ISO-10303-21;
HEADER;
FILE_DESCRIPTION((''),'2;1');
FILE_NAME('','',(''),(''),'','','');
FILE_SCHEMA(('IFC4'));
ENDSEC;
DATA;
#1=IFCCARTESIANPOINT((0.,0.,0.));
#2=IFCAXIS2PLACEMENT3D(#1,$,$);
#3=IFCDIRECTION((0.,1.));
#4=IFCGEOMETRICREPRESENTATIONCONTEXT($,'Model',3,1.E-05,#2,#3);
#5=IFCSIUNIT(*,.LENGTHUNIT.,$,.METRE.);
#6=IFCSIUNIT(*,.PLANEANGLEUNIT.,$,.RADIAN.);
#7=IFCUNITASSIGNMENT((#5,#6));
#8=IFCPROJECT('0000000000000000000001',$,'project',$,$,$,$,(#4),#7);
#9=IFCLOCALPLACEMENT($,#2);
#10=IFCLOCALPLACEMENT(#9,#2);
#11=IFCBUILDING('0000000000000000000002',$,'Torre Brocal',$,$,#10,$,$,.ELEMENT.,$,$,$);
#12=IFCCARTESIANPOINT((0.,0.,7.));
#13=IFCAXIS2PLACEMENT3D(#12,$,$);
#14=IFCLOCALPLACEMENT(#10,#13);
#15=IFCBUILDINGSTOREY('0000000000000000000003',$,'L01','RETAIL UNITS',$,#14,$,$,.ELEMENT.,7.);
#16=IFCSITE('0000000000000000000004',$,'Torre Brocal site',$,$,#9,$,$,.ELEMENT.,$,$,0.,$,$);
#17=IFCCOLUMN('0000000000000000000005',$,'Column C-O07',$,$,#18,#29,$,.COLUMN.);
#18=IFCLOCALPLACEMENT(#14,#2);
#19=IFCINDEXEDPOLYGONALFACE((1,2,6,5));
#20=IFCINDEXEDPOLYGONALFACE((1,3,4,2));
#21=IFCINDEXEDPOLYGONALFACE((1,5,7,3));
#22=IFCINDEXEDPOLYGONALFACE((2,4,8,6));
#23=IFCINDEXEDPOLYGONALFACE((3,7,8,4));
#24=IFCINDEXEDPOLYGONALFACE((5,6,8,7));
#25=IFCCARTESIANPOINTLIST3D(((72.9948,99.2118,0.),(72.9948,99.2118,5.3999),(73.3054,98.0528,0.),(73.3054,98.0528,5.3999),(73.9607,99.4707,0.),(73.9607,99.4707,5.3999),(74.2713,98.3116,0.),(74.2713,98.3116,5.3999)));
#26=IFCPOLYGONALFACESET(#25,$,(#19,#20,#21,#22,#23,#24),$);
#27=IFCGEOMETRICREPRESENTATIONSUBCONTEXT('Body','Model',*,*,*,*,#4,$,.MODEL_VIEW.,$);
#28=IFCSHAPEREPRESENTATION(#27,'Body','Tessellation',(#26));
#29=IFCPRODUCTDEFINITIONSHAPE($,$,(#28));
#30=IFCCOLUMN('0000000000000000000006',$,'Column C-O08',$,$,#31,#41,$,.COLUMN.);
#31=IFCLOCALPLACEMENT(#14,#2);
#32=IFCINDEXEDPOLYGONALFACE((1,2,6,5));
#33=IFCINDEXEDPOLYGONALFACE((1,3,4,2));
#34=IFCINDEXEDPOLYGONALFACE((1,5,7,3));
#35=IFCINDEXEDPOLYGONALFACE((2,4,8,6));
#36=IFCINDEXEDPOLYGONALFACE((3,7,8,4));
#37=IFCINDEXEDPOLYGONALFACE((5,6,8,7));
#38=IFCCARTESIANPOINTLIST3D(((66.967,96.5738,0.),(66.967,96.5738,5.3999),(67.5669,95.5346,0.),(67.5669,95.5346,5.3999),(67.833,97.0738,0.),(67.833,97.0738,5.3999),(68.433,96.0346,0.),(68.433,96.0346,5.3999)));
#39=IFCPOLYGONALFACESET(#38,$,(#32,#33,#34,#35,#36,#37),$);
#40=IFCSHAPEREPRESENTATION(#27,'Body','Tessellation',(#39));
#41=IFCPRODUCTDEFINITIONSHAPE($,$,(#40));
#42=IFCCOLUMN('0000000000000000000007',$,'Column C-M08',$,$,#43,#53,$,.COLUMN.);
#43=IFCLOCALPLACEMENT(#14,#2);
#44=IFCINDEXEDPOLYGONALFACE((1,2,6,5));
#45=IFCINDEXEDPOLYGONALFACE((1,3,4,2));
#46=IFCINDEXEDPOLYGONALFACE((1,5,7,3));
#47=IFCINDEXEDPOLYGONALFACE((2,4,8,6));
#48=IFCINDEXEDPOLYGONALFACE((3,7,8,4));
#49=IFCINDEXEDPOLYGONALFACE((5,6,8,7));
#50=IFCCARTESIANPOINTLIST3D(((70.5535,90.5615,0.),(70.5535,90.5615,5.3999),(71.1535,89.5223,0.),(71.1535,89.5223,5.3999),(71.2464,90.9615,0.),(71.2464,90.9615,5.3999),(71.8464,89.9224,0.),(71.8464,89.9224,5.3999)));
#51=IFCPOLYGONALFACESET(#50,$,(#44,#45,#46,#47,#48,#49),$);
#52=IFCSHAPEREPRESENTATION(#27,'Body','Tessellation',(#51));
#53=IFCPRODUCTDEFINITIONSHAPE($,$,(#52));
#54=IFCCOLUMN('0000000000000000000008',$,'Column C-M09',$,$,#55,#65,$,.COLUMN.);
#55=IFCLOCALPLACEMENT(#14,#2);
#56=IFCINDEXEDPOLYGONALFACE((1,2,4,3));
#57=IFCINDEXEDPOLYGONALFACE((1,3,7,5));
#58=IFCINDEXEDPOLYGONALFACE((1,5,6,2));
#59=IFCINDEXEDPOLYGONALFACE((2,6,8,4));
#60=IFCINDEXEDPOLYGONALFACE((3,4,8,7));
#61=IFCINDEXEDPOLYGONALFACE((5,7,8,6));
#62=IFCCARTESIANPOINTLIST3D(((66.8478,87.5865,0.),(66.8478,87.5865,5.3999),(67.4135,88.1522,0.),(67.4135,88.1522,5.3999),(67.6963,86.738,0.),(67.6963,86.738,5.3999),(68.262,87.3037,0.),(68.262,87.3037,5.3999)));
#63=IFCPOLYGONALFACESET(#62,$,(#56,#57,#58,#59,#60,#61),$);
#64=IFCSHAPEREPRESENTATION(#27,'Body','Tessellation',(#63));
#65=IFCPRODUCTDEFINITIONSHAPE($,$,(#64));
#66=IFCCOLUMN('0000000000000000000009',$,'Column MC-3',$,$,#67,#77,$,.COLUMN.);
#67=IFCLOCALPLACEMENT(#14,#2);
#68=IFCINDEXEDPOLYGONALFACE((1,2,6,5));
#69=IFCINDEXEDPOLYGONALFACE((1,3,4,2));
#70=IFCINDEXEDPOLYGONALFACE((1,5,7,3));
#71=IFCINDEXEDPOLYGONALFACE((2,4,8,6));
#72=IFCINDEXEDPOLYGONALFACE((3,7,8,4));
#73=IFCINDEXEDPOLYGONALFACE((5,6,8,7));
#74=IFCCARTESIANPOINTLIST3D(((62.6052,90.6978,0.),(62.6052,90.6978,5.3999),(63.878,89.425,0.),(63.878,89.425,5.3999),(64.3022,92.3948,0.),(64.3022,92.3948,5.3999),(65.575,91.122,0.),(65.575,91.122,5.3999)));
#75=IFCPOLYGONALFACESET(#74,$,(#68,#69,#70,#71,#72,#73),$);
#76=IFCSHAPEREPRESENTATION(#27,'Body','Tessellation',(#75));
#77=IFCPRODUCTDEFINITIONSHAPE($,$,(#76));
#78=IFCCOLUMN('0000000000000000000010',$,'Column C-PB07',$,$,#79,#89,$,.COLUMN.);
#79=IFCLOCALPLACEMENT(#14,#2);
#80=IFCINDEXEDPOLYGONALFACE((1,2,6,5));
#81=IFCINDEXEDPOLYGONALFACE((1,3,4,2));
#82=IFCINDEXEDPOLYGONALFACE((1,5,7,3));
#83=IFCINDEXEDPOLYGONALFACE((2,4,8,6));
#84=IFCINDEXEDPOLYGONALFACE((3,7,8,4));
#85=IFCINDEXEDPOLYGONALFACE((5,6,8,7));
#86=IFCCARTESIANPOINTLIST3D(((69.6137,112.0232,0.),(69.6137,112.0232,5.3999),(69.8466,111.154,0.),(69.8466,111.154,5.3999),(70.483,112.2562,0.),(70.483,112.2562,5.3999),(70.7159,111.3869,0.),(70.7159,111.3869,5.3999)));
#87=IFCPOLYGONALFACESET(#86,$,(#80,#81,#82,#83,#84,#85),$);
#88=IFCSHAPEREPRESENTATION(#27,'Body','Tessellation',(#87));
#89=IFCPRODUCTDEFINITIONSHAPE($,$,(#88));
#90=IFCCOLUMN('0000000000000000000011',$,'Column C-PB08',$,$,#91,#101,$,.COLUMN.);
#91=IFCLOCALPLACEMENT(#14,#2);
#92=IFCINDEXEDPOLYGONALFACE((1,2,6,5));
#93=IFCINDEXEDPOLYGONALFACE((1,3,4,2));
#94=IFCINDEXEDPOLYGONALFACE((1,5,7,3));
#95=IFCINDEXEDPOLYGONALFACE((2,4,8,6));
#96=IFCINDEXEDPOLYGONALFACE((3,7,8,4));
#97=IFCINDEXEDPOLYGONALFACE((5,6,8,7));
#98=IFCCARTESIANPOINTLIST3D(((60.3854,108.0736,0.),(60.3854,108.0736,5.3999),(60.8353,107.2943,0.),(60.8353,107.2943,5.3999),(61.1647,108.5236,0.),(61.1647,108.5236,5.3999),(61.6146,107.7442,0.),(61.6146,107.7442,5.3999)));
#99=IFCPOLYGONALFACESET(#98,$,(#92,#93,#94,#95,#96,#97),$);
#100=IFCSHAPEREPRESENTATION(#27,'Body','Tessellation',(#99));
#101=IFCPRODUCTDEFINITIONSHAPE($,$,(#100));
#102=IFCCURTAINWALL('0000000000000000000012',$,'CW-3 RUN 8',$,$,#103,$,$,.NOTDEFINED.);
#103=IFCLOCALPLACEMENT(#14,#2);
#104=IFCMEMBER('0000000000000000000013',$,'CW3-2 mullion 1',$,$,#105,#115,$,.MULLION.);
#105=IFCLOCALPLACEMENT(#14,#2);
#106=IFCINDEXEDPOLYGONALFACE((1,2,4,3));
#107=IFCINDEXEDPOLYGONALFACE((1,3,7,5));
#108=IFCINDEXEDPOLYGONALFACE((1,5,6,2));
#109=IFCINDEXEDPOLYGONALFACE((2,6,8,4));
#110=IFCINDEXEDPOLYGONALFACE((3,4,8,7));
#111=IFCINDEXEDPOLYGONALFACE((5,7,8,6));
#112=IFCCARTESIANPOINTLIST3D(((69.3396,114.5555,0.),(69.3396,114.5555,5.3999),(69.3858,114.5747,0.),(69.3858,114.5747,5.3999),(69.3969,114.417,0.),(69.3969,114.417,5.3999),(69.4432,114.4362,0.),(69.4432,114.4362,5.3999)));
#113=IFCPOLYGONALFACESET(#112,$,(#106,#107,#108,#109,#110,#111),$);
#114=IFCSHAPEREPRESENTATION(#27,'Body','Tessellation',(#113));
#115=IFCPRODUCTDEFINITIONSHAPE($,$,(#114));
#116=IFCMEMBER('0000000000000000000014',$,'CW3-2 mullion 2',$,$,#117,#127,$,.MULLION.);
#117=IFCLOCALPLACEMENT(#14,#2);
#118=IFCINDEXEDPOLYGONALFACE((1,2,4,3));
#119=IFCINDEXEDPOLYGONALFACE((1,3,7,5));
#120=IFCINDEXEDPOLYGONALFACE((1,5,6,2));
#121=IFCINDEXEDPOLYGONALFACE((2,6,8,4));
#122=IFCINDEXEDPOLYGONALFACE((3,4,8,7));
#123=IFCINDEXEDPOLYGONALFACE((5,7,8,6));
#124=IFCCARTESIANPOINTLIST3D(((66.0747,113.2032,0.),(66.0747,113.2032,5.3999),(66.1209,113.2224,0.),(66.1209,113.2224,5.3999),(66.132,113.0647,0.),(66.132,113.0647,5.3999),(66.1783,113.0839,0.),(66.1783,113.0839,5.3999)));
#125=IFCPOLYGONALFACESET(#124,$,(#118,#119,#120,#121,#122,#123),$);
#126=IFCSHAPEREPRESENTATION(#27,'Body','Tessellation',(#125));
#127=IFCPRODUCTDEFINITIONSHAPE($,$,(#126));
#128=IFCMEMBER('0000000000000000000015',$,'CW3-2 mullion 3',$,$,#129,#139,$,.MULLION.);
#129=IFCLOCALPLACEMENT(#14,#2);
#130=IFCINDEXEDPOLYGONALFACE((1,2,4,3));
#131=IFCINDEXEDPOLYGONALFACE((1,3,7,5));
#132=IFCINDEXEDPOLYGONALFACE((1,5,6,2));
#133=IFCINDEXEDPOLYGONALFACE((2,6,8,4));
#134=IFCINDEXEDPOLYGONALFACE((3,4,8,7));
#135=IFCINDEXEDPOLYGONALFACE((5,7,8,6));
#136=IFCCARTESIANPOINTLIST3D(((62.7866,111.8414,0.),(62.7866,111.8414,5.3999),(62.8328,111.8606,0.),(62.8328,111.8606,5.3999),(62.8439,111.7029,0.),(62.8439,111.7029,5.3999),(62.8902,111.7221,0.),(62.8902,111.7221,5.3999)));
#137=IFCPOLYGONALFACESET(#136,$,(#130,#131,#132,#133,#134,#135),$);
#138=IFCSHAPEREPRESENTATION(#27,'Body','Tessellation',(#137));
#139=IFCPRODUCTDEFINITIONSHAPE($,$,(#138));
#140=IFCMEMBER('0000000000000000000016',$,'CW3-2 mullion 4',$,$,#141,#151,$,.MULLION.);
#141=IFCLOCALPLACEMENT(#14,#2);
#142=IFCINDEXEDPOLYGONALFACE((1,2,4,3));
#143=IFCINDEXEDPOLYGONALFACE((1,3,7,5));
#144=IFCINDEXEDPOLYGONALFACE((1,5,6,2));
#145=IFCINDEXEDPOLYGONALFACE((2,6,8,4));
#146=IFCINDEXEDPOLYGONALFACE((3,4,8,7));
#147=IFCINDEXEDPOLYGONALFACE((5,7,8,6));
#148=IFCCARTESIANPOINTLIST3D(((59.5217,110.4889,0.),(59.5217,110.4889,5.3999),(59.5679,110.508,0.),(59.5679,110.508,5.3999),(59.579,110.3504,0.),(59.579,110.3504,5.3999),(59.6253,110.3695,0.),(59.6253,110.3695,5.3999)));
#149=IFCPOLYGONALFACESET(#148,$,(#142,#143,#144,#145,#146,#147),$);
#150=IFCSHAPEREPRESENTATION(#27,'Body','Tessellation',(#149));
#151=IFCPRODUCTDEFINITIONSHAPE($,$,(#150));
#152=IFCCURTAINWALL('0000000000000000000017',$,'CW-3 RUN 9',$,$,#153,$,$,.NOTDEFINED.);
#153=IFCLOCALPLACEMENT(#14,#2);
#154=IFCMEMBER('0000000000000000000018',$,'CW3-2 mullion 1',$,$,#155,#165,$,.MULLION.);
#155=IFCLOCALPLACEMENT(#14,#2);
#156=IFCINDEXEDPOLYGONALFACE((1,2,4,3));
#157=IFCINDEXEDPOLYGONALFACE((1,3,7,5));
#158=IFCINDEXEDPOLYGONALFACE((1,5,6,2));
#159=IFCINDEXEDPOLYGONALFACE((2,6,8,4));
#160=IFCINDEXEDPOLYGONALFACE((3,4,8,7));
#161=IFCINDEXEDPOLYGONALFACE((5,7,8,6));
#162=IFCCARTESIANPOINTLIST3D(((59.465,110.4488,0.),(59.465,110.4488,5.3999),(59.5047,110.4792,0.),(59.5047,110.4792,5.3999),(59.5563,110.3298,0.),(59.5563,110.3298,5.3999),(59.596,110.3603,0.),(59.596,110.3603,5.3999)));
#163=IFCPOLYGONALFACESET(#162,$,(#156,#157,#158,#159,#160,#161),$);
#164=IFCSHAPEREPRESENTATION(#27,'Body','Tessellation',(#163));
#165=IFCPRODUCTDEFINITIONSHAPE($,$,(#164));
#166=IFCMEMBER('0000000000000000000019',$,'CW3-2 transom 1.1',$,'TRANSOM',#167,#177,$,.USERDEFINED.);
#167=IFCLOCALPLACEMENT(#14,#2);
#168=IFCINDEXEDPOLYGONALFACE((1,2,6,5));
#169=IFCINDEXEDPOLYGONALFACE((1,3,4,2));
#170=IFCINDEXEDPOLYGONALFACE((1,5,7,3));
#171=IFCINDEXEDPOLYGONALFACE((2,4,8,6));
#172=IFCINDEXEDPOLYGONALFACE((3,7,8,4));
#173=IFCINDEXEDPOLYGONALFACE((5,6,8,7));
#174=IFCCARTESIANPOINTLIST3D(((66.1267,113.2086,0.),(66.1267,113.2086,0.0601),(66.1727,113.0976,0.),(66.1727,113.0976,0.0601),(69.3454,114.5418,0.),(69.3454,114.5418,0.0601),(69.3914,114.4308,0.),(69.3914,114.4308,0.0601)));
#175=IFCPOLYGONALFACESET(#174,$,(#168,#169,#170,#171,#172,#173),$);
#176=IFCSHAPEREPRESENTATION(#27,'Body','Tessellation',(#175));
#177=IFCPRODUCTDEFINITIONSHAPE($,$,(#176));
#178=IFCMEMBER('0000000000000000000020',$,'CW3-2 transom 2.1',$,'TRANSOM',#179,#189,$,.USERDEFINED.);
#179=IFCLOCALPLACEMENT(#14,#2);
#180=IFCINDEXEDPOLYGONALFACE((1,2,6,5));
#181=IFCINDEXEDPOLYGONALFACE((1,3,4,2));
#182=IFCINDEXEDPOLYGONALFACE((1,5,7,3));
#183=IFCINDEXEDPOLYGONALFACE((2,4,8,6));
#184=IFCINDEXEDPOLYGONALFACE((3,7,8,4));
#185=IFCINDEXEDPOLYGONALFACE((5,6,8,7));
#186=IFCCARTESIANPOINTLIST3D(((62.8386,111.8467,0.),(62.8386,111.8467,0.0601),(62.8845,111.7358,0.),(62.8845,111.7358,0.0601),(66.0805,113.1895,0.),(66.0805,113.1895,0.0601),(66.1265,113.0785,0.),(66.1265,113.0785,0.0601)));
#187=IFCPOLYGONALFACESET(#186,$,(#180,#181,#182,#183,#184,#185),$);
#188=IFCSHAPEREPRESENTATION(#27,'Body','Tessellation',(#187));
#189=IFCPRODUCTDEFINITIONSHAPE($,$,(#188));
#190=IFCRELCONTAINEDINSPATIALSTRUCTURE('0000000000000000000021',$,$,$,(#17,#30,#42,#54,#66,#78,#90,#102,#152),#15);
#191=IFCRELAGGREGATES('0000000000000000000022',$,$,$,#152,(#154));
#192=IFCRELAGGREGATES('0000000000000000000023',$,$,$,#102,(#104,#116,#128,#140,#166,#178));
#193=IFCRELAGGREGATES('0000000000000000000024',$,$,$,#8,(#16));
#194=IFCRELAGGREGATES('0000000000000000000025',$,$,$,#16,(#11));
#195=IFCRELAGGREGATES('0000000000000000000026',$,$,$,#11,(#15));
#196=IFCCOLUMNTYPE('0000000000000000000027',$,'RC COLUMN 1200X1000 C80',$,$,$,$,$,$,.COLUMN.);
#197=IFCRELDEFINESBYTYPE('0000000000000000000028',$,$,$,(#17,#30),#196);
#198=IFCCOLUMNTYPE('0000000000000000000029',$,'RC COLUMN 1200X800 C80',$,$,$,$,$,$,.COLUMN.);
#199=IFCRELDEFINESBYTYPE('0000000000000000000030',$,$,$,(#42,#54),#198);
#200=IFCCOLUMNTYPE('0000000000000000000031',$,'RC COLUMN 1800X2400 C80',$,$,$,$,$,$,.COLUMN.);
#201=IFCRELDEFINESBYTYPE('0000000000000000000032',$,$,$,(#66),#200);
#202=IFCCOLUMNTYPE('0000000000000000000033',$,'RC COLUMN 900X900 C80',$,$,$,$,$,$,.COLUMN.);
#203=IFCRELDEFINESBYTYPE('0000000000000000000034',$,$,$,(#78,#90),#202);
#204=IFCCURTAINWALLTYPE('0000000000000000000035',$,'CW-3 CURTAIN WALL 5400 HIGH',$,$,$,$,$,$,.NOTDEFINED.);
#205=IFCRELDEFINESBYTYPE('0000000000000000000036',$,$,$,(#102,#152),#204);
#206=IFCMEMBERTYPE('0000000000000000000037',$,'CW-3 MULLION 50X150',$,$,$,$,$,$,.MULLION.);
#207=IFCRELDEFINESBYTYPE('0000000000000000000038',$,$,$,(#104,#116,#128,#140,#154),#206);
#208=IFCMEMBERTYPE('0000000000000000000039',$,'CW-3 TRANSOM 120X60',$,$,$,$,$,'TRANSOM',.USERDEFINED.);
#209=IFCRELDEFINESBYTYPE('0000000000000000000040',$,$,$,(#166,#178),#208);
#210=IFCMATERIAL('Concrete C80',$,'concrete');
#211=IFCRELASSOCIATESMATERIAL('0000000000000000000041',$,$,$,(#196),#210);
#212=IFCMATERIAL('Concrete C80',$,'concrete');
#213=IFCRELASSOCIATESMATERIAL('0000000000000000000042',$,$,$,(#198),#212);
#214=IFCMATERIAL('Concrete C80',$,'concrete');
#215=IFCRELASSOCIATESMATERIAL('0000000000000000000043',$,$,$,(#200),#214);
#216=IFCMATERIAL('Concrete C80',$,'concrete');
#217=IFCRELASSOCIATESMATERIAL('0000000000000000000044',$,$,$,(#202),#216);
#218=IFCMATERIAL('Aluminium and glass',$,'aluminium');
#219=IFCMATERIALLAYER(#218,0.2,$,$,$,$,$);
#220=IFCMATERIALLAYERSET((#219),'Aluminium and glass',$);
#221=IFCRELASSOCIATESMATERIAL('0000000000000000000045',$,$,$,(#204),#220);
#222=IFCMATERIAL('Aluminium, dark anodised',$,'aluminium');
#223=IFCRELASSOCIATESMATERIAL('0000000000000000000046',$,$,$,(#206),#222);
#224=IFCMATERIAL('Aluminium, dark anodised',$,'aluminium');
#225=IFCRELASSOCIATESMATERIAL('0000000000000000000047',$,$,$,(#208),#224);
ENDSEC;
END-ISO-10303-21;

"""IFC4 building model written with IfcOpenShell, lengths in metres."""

from ifc_helpers import new_model, si_unit, direction, frame, origin, origin_2d, place, context, subcontext, project, spatial, rectangle, extrude, material, layer, layer_set, material_profile, profile_set, type_object, element, aggregate, save


model = new_model("IFC4")

# Units and contexts
model_context = context("Model", 3, precision=1e-05, world=origin(), true_north=direction((0.0, 1.0)))
body_context = subcontext(model_context, "Body", "Model", "MODEL_VIEW")
ifc_project = project(units=[si_unit("LENGTHUNIT", "METRE"), si_unit("PLANEANGLEUNIT", "RADIAN")], contexts=[model_context])

# Site, building, storey
site_placement = place(None, origin())
site = spatial("IfcSite", under=ifc_project, at=site_placement, Name="Torre Brocal site", CompositionType="ELEMENT", RefElevation=0.0)
building_placement = place(site_placement, origin())
building = spatial("IfcBuilding", under=site, at=building_placement, Name="Torre Brocal", CompositionType="ELEMENT")
storey_placement = place(building_placement, frame((0.0, 0.0, 7.0)))
storey = spatial("IfcBuildingStorey", under=building, at=storey_placement, Name="L01", Description="RETAIL UNITS", CompositionType="ELEMENT", Elevation=7.0)

# Columns
ifc_material_1 = material(Name="Concrete C80", Category="concrete")
ifc_material_profile_1 = material_profile(ifc_material_1, rectangle(XDim=1.2, YDim=1.0, at=origin_2d()), Name="RC 1200X1000")
ifc_profile_set_1 = profile_set([ifc_material_profile_1], Name="Concrete C80")
column_type_1 = type_object("IfcColumnType", Name="RC COLUMN 1200X1000 C80", PredefinedType="COLUMN", material=ifc_profile_set_1)
for number, where, z_axis, x_axis, name in (
    (1, (73.6331, 98.7617, 0.0), (0.0, 0.0, 1.0), (-0.258819, 0.965926, 0.0), "Column C-O07"),
    (2, (67.7, 96.3042, 0.0), (0.0, 0.0, 1.0), (-0.5, 0.866025, 0.0), "Column C-O08"),
):
    element("IfcColumn", number, at=place(storey_placement, frame(where, z_axis=z_axis, x_axis=x_axis)), inside=storey, type_object=column_type_1, Name=name, PredefinedType="COLUMN", context=body_context, shape_type="SweptSolid", body=[
        extrude(rectangle(XDim=1.2, YDim=1.0, at=origin_2d()), origin(), (0.0, 0.0, 1.0), 5.3999),
    ])
ifc_material_2 = material(Name="Concrete C80", Category="concrete")
ifc_material_profile_2 = material_profile(ifc_material_2, rectangle(XDim=1.2, YDim=0.8, at=origin_2d()), Name="RC 1200X800")
ifc_profile_set_2 = profile_set([ifc_material_profile_2], Name="Concrete C80")
column_type_2 = type_object("IfcColumnType", Name="RC COLUMN 1200X800 C80", PredefinedType="COLUMN", material=ifc_profile_set_2)
for number, where, z_axis, x_axis, name in (
    (3, (71.2, 90.2419, 0.0), (0.0, 0.0, 1.0), (-0.5, 0.866025, 0.0), "Column C-M08"),
    (4, (67.5549, 87.4451, 0.0), (0.0, 0.0, 1.0), (-0.707107, 0.707107, 0.0), "Column C-M09"),
):
    element("IfcColumn", number, at=place(storey_placement, frame(where, z_axis=z_axis, x_axis=x_axis)), inside=storey, type_object=column_type_2, Name=name, PredefinedType="COLUMN", context=body_context, shape_type="SweptSolid", body=[
        extrude(rectangle(XDim=1.2, YDim=0.8, at=origin_2d()), origin(), (0.0, 0.0, 1.0), 5.3999),
    ])
ifc_material_3 = material(Name="Concrete C80", Category="concrete")
ifc_material_profile_3 = material_profile(ifc_material_3, rectangle(XDim=1.8, YDim=2.3999, at=origin_2d()), Name="RC 1800X2400")
ifc_profile_set_3 = profile_set([ifc_material_profile_3], Name="Concrete C80")
column_type_3 = type_object("IfcColumnType", Name="RC COLUMN 1800X2400 C80", PredefinedType="COLUMN", material=ifc_profile_set_3)
column_placement = place(storey_placement, frame((64.0901, 90.9099, 0.0), z_axis=(0.0, 0.0, 1.0), x_axis=(-0.707107, 0.707107, 0.0)))
element("IfcColumn", 5, at=column_placement, inside=storey, type_object=column_type_3, Name="Column MC-3", PredefinedType="COLUMN", context=body_context, shape_type="SweptSolid", body=[
    extrude(rectangle(XDim=1.8, YDim=2.3999, at=origin_2d()), origin(), (0.0, 0.0, 1.0), 5.3999),
])
ifc_material_4 = material(Name="Concrete C80", Category="concrete")
ifc_material_profile_4 = material_profile(ifc_material_4, rectangle(XDim=0.8999, YDim=0.8999, at=origin_2d()), Name="RC 900X900")
ifc_profile_set_4 = profile_set([ifc_material_profile_4], Name="Concrete C80")
column_type_4 = type_object("IfcColumnType", Name="RC COLUMN 900X900 C80", PredefinedType="COLUMN", material=ifc_profile_set_4)
for number, where, z_axis, x_axis, name in (
    (6, (70.1648, 111.7051, 0.0), (0.0, 0.0, 1.0), (-0.258819, 0.965926, 0.0), "Column C-PB07"),
    (7, (61.0, 107.9089, 0.0), (0.0, 0.0, 1.0), (-0.5, 0.866025, 0.0), "Column C-PB08"),
):
    element("IfcColumn", number, at=place(storey_placement, frame(where, z_axis=z_axis, x_axis=x_axis)), inside=storey, type_object=column_type_4, Name=name, PredefinedType="COLUMN", context=body_context, shape_type="SweptSolid", body=[
        extrude(rectangle(XDim=0.8999, YDim=0.8999, at=origin_2d()), origin(), (0.0, 0.0, 1.0), 5.3999),
    ])

# Curtain wall, members
ifc_material_5 = material(Name="Aluminium and glass", Category="aluminium")
ifc_layer_1 = layer(ifc_material_5, 0.2)
ifc_layer_set_1 = layer_set([ifc_layer_1], Name="Aluminium and glass")
curtain_wall_type = type_object("IfcCurtainWallType", Name="CW-3 CURTAIN WALL 5400 HIGH", PredefinedType="NOTDEFINED", material=ifc_layer_set_1)
curtain_wall_1_placement = place(storey_placement, origin())
curtain_wall_1 = element("IfcCurtainWall", 8, at=curtain_wall_1_placement, inside=storey, type_object=curtain_wall_type, Name="CW-3 RUN 8", PredefinedType="NOTDEFINED")
ifc_material_6 = material(Name="Aluminium, dark anodised", Category="aluminium")
ifc_material_profile_5 = material_profile(ifc_material_6, rectangle(XDim=0.1499, YDim=0.05, at=origin_2d()), Name="CW-3 MULLION 50X150")
ifc_profile_set_5 = profile_set([ifc_material_profile_5], Name="Aluminium, dark anodised")
member_type_1 = type_object("IfcMemberType", Name="CW-3 MULLION 50X150", PredefinedType="MULLION", material=ifc_profile_set_5)
member_1_placement = place(storey_placement, frame((69.3914, 114.4958, 0.0), z_axis=(0.0, 0.0, 1.0), x_axis=(0.382683, -0.92388, 0.0)))
member_1 = element("IfcMember", 9, at=member_1_placement, type_object=member_type_1, Name="CW3-2 mullion 1", PredefinedType="MULLION", context=body_context, shape_type="SweptSolid", body=[
    extrude(rectangle(XDim=0.1499, YDim=0.05, at=origin_2d()), origin(), (0.0, 0.0, 1.0), 5.3999),
])
member_2_placement = place(storey_placement, frame((66.1265, 113.1436, 0.0), z_axis=(0.0, 0.0, 1.0), x_axis=(0.382683, -0.92388, 0.0)))
member_2 = element("IfcMember", 10, at=member_2_placement, type_object=member_type_1, Name="CW3-2 mullion 2", PredefinedType="MULLION", context=body_context, shape_type="SweptSolid", body=[
    extrude(rectangle(XDim=0.1499, YDim=0.05, at=origin_2d()), origin(), (0.0, 0.0, 1.0), 5.3999),
])
member_3_placement = place(storey_placement, frame((62.8384, 111.7817, 0.0), z_axis=(0.0, 0.0, 1.0), x_axis=(0.382683, -0.92388, 0.0)))
member_3 = element("IfcMember", 11, at=member_3_placement, type_object=member_type_1, Name="CW3-2 mullion 3", PredefinedType="MULLION", context=body_context, shape_type="SweptSolid", body=[
    extrude(rectangle(XDim=0.1499, YDim=0.05, at=origin_2d()), origin(), (0.0, 0.0, 1.0), 5.3999),
])
member_4_placement = place(storey_placement, frame((59.5735, 110.4292, 0.0), z_axis=(0.0, 0.0, 1.0), x_axis=(0.382683, -0.92388, 0.0)))
member_4 = element("IfcMember", 12, at=member_4_placement, type_object=member_type_1, Name="CW3-2 mullion 4", PredefinedType="MULLION", context=body_context, shape_type="SweptSolid", body=[
    extrude(rectangle(XDim=0.1499, YDim=0.05, at=origin_2d()), origin(), (0.0, 0.0, 1.0), 5.3999),
])

# Curtain wall, member
curtain_wall_2_placement = place(storey_placement, origin())
curtain_wall_2 = element("IfcCurtainWall", 13, at=curtain_wall_2_placement, inside=storey, type_object=curtain_wall_type, Name="CW-3 RUN 9", PredefinedType="NOTDEFINED")
member_5_placement = place(storey_placement, frame((59.5305, 110.4045, 0.0), z_axis=(0.0, 0.0, 1.0), x_axis=(0.608761, -0.793353, 0.0)))
member_5 = element("IfcMember", 14, at=member_5_placement, type_object=member_type_1, Name="CW3-2 mullion 1", PredefinedType="MULLION", context=body_context, shape_type="SweptSolid", body=[
    extrude(rectangle(XDim=0.1499, YDim=0.05, at=origin_2d()), origin(), (0.0, 0.0, 1.0), 5.3999),
])

# Members
ifc_material_7 = material(Name="Aluminium, dark anodised", Category="aluminium")
ifc_material_profile_6 = material_profile(ifc_material_7, rectangle(XDim=0.1201, YDim=0.0601, at=origin_2d()), Name="CW-3 TRANSOM 120X60")
ifc_profile_set_6 = profile_set([ifc_material_profile_6], Name="Aluminium, dark anodised")
member_type_2 = type_object("IfcMemberType", Name="CW-3 TRANSOM 120X60", ElementType="TRANSOM", PredefinedType="USERDEFINED", material=ifc_profile_set_6)
member_6_placement = place(storey_placement, frame((69.3684, 114.4863, 0.03), z_axis=(-0.923879, -0.382684, 0.0), x_axis=(0.382684, -0.923879, 0.0)))
member_6 = element("IfcMember", 15, at=member_6_placement, type_object=member_type_2, Name="CW3-2 transom 1.1", ObjectType="TRANSOM", PredefinedType="USERDEFINED", context=body_context, shape_type="SweptSolid", body=[
    extrude(rectangle(XDim=0.1201, YDim=0.0601, at=origin_2d()), origin(), (0.0, 0.0, 1.0), 3.4839),
])
member_7_placement = place(storey_placement, frame((66.1035, 113.134, 0.03), z_axis=(-0.923888, -0.382663, 0.0), x_axis=(0.382663, -0.923888, 0.0)))
member_7 = element("IfcMember", 16, at=member_7_placement, type_object=member_type_2, Name="CW3-2 transom 2.1", ObjectType="TRANSOM", PredefinedType="USERDEFINED", context=body_context, shape_type="SweptSolid", body=[
    extrude(rectangle(XDim=0.1201, YDim=0.0601, at=origin_2d()), origin(), (0.0, 0.0, 1.0), 3.509),
])
aggregate(curtain_wall_2, [member_5])

aggregate(curtain_wall_1, [member_1, member_2, member_3, member_4, member_6, member_7])

save(model, "model.ifc")
